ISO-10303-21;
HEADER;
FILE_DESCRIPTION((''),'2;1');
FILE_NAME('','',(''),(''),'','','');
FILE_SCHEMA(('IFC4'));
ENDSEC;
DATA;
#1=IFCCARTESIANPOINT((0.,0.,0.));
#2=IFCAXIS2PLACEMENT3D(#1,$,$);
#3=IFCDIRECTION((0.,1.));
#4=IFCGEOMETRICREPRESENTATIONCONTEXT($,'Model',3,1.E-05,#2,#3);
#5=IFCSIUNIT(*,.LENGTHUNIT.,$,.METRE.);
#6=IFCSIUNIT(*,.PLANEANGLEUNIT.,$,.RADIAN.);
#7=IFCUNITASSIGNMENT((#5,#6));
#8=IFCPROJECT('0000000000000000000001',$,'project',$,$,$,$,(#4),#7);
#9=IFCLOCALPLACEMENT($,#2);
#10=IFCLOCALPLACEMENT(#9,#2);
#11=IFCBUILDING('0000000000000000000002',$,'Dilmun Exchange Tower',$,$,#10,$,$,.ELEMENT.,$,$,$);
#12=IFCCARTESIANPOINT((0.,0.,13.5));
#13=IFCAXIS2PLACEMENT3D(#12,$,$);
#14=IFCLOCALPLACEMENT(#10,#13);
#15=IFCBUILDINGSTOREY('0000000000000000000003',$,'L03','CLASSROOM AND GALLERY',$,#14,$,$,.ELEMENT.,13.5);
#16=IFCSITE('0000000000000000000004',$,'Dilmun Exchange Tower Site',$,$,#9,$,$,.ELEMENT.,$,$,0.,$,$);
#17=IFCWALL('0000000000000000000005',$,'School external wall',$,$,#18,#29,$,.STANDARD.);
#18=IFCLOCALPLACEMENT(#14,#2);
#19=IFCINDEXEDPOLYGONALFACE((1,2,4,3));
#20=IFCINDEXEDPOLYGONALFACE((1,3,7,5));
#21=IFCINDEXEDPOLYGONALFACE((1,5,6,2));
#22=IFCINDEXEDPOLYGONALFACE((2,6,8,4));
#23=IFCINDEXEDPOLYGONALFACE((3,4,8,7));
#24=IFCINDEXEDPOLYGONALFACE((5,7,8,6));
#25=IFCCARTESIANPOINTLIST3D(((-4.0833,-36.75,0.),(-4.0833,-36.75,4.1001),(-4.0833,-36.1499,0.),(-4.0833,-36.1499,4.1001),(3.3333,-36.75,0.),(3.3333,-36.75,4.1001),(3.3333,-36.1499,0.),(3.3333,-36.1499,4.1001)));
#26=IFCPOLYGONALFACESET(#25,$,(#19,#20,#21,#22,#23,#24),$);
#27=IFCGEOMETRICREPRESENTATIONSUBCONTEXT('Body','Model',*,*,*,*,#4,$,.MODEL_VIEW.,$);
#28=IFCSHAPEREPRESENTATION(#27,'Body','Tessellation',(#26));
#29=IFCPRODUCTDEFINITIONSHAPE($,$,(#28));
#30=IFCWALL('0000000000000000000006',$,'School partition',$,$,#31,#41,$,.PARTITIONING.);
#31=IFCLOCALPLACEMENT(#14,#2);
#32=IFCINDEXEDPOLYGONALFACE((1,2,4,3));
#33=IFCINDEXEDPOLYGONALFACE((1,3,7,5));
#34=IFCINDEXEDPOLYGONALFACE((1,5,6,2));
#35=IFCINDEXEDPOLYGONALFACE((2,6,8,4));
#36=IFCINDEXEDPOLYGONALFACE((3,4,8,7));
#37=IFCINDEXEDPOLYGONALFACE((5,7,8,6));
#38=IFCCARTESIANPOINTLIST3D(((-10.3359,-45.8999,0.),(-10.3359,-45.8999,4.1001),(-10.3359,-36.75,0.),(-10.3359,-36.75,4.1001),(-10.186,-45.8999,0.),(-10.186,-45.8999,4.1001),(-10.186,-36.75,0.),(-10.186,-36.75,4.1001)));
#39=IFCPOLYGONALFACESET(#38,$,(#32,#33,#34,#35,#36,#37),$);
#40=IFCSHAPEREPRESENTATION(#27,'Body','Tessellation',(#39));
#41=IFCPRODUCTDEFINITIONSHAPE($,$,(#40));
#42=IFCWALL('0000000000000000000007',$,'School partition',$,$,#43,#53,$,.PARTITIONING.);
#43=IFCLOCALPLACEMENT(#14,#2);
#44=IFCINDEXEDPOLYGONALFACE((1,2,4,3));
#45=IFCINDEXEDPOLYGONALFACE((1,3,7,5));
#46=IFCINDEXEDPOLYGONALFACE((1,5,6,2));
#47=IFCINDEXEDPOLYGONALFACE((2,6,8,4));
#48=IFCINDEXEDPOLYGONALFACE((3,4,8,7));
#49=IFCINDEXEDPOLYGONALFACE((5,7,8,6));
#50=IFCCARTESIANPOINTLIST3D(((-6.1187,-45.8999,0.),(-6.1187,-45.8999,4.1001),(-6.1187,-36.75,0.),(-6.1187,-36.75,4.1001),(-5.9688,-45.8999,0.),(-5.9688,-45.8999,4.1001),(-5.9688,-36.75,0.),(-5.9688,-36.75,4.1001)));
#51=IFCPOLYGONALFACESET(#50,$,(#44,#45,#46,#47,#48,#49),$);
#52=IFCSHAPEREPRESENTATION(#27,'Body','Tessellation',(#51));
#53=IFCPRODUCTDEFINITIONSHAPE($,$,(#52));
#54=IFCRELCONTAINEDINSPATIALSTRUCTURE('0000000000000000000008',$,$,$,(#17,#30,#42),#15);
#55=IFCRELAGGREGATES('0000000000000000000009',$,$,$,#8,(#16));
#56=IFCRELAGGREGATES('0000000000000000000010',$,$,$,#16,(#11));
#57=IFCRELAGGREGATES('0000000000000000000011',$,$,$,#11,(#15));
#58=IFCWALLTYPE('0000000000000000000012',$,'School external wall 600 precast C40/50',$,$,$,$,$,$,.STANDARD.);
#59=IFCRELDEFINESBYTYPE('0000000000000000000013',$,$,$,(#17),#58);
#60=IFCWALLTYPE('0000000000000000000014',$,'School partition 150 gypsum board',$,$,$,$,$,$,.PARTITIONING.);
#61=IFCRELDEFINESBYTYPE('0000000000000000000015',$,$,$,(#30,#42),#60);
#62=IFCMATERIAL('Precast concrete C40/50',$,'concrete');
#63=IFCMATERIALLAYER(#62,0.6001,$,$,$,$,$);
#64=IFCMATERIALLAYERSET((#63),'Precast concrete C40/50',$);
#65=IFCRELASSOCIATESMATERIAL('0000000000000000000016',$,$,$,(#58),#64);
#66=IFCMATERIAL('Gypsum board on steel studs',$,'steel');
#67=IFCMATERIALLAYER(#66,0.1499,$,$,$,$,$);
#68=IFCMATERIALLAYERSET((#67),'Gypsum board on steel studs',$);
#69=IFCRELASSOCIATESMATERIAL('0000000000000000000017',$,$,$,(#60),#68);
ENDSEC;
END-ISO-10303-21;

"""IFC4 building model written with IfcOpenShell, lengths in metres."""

from ifc_helpers import new_model, si_unit, direction, frame, frame_2d, origin, place, context, subcontext, project, spatial, rectangle, extrude, material, layer, layer_set, type_object, element, save


model = new_model("IFC4")

# Units and contexts
model_context = context("Model", 3, precision=1e-05, world=origin(), true_north=direction((0.0, 1.0)))
body_context = subcontext(model_context, "Body", "Model", "MODEL_VIEW")
ifc_project = project(units=[si_unit("LENGTHUNIT", "METRE"), si_unit("PLANEANGLEUNIT", "RADIAN")], contexts=[model_context])

# Site, building, storey
site_placement = place(None, origin())
site = spatial("IfcSite", under=ifc_project, at=site_placement, Name="Dilmun Exchange Tower Site", CompositionType="ELEMENT", RefElevation=0.0)
building_placement = place(site_placement, origin())
building = spatial("IfcBuilding", under=site, at=building_placement, Name="Dilmun Exchange Tower", CompositionType="ELEMENT")
storey_placement = place(building_placement, frame((0.0, 0.0, 13.5)))
storey = spatial("IfcBuildingStorey", under=building, at=storey_placement, Name="L03", Description="CLASSROOM AND GALLERY", CompositionType="ELEMENT", Elevation=13.5)

# Walls
ifc_material_1 = material(Name="Precast concrete C40/50", Category="concrete")
ifc_layer_1 = layer(ifc_material_1, 0.6001)
ifc_layer_set_1 = layer_set([ifc_layer_1], Name="Precast concrete C40/50")
wall_type_1 = type_object("IfcWallType", Name="School external wall 600 precast C40/50", PredefinedType="STANDARD", material=ifc_layer_set_1)
wall_1_placement = place(storey_placement, frame((-4.0833, -36.45, 0.0), z_axis=(0.0, 0.0, 1.0), x_axis=(1.0, 0.0, 0.0)))
element("IfcWall", 1, at=wall_1_placement, inside=storey, type_object=wall_type_1, Name="School external wall", PredefinedType="STANDARD", context=body_context, shape_type="SweptSolid", body=[
    extrude(rectangle(XDim=7.4165, YDim=0.6001, at=frame_2d((3.7083, 0.0))), origin(), (0.0, 0.0, 1.0), 4.1001),
])
ifc_material_2 = material(Name="Gypsum board on steel studs", Category="steel")
ifc_layer_2 = layer(ifc_material_2, 0.1499)
ifc_layer_set_2 = layer_set([ifc_layer_2], Name="Gypsum board on steel studs")
wall_type_2 = type_object("IfcWallType", Name="School partition 150 gypsum board", PredefinedType="PARTITIONING", material=ifc_layer_set_2)
for number, where, z_axis, x_axis, name in (
    (2, (-10.261, -45.8999, 0.0), (0.0, 0.0, 1.0), (0.0, 1.0, 0.0), "School partition"),
    (3, (-6.0437, -45.8999, 0.0), (0.0, 0.0, 1.0), (0.0, 1.0, 0.0), "School partition"),
):
    element("IfcWall", number, at=place(storey_placement, frame(where, z_axis=z_axis, x_axis=x_axis)), inside=storey, type_object=wall_type_2, Name=name, PredefinedType="PARTITIONING", context=body_context, shape_type="SweptSolid", body=[
        extrude(rectangle(XDim=9.1499, YDim=0.1499, at=frame_2d((4.575, 0.0))), origin(), (0.0, 0.0, 1.0), 4.1001),
    ])

save(model, "model.ifc")
